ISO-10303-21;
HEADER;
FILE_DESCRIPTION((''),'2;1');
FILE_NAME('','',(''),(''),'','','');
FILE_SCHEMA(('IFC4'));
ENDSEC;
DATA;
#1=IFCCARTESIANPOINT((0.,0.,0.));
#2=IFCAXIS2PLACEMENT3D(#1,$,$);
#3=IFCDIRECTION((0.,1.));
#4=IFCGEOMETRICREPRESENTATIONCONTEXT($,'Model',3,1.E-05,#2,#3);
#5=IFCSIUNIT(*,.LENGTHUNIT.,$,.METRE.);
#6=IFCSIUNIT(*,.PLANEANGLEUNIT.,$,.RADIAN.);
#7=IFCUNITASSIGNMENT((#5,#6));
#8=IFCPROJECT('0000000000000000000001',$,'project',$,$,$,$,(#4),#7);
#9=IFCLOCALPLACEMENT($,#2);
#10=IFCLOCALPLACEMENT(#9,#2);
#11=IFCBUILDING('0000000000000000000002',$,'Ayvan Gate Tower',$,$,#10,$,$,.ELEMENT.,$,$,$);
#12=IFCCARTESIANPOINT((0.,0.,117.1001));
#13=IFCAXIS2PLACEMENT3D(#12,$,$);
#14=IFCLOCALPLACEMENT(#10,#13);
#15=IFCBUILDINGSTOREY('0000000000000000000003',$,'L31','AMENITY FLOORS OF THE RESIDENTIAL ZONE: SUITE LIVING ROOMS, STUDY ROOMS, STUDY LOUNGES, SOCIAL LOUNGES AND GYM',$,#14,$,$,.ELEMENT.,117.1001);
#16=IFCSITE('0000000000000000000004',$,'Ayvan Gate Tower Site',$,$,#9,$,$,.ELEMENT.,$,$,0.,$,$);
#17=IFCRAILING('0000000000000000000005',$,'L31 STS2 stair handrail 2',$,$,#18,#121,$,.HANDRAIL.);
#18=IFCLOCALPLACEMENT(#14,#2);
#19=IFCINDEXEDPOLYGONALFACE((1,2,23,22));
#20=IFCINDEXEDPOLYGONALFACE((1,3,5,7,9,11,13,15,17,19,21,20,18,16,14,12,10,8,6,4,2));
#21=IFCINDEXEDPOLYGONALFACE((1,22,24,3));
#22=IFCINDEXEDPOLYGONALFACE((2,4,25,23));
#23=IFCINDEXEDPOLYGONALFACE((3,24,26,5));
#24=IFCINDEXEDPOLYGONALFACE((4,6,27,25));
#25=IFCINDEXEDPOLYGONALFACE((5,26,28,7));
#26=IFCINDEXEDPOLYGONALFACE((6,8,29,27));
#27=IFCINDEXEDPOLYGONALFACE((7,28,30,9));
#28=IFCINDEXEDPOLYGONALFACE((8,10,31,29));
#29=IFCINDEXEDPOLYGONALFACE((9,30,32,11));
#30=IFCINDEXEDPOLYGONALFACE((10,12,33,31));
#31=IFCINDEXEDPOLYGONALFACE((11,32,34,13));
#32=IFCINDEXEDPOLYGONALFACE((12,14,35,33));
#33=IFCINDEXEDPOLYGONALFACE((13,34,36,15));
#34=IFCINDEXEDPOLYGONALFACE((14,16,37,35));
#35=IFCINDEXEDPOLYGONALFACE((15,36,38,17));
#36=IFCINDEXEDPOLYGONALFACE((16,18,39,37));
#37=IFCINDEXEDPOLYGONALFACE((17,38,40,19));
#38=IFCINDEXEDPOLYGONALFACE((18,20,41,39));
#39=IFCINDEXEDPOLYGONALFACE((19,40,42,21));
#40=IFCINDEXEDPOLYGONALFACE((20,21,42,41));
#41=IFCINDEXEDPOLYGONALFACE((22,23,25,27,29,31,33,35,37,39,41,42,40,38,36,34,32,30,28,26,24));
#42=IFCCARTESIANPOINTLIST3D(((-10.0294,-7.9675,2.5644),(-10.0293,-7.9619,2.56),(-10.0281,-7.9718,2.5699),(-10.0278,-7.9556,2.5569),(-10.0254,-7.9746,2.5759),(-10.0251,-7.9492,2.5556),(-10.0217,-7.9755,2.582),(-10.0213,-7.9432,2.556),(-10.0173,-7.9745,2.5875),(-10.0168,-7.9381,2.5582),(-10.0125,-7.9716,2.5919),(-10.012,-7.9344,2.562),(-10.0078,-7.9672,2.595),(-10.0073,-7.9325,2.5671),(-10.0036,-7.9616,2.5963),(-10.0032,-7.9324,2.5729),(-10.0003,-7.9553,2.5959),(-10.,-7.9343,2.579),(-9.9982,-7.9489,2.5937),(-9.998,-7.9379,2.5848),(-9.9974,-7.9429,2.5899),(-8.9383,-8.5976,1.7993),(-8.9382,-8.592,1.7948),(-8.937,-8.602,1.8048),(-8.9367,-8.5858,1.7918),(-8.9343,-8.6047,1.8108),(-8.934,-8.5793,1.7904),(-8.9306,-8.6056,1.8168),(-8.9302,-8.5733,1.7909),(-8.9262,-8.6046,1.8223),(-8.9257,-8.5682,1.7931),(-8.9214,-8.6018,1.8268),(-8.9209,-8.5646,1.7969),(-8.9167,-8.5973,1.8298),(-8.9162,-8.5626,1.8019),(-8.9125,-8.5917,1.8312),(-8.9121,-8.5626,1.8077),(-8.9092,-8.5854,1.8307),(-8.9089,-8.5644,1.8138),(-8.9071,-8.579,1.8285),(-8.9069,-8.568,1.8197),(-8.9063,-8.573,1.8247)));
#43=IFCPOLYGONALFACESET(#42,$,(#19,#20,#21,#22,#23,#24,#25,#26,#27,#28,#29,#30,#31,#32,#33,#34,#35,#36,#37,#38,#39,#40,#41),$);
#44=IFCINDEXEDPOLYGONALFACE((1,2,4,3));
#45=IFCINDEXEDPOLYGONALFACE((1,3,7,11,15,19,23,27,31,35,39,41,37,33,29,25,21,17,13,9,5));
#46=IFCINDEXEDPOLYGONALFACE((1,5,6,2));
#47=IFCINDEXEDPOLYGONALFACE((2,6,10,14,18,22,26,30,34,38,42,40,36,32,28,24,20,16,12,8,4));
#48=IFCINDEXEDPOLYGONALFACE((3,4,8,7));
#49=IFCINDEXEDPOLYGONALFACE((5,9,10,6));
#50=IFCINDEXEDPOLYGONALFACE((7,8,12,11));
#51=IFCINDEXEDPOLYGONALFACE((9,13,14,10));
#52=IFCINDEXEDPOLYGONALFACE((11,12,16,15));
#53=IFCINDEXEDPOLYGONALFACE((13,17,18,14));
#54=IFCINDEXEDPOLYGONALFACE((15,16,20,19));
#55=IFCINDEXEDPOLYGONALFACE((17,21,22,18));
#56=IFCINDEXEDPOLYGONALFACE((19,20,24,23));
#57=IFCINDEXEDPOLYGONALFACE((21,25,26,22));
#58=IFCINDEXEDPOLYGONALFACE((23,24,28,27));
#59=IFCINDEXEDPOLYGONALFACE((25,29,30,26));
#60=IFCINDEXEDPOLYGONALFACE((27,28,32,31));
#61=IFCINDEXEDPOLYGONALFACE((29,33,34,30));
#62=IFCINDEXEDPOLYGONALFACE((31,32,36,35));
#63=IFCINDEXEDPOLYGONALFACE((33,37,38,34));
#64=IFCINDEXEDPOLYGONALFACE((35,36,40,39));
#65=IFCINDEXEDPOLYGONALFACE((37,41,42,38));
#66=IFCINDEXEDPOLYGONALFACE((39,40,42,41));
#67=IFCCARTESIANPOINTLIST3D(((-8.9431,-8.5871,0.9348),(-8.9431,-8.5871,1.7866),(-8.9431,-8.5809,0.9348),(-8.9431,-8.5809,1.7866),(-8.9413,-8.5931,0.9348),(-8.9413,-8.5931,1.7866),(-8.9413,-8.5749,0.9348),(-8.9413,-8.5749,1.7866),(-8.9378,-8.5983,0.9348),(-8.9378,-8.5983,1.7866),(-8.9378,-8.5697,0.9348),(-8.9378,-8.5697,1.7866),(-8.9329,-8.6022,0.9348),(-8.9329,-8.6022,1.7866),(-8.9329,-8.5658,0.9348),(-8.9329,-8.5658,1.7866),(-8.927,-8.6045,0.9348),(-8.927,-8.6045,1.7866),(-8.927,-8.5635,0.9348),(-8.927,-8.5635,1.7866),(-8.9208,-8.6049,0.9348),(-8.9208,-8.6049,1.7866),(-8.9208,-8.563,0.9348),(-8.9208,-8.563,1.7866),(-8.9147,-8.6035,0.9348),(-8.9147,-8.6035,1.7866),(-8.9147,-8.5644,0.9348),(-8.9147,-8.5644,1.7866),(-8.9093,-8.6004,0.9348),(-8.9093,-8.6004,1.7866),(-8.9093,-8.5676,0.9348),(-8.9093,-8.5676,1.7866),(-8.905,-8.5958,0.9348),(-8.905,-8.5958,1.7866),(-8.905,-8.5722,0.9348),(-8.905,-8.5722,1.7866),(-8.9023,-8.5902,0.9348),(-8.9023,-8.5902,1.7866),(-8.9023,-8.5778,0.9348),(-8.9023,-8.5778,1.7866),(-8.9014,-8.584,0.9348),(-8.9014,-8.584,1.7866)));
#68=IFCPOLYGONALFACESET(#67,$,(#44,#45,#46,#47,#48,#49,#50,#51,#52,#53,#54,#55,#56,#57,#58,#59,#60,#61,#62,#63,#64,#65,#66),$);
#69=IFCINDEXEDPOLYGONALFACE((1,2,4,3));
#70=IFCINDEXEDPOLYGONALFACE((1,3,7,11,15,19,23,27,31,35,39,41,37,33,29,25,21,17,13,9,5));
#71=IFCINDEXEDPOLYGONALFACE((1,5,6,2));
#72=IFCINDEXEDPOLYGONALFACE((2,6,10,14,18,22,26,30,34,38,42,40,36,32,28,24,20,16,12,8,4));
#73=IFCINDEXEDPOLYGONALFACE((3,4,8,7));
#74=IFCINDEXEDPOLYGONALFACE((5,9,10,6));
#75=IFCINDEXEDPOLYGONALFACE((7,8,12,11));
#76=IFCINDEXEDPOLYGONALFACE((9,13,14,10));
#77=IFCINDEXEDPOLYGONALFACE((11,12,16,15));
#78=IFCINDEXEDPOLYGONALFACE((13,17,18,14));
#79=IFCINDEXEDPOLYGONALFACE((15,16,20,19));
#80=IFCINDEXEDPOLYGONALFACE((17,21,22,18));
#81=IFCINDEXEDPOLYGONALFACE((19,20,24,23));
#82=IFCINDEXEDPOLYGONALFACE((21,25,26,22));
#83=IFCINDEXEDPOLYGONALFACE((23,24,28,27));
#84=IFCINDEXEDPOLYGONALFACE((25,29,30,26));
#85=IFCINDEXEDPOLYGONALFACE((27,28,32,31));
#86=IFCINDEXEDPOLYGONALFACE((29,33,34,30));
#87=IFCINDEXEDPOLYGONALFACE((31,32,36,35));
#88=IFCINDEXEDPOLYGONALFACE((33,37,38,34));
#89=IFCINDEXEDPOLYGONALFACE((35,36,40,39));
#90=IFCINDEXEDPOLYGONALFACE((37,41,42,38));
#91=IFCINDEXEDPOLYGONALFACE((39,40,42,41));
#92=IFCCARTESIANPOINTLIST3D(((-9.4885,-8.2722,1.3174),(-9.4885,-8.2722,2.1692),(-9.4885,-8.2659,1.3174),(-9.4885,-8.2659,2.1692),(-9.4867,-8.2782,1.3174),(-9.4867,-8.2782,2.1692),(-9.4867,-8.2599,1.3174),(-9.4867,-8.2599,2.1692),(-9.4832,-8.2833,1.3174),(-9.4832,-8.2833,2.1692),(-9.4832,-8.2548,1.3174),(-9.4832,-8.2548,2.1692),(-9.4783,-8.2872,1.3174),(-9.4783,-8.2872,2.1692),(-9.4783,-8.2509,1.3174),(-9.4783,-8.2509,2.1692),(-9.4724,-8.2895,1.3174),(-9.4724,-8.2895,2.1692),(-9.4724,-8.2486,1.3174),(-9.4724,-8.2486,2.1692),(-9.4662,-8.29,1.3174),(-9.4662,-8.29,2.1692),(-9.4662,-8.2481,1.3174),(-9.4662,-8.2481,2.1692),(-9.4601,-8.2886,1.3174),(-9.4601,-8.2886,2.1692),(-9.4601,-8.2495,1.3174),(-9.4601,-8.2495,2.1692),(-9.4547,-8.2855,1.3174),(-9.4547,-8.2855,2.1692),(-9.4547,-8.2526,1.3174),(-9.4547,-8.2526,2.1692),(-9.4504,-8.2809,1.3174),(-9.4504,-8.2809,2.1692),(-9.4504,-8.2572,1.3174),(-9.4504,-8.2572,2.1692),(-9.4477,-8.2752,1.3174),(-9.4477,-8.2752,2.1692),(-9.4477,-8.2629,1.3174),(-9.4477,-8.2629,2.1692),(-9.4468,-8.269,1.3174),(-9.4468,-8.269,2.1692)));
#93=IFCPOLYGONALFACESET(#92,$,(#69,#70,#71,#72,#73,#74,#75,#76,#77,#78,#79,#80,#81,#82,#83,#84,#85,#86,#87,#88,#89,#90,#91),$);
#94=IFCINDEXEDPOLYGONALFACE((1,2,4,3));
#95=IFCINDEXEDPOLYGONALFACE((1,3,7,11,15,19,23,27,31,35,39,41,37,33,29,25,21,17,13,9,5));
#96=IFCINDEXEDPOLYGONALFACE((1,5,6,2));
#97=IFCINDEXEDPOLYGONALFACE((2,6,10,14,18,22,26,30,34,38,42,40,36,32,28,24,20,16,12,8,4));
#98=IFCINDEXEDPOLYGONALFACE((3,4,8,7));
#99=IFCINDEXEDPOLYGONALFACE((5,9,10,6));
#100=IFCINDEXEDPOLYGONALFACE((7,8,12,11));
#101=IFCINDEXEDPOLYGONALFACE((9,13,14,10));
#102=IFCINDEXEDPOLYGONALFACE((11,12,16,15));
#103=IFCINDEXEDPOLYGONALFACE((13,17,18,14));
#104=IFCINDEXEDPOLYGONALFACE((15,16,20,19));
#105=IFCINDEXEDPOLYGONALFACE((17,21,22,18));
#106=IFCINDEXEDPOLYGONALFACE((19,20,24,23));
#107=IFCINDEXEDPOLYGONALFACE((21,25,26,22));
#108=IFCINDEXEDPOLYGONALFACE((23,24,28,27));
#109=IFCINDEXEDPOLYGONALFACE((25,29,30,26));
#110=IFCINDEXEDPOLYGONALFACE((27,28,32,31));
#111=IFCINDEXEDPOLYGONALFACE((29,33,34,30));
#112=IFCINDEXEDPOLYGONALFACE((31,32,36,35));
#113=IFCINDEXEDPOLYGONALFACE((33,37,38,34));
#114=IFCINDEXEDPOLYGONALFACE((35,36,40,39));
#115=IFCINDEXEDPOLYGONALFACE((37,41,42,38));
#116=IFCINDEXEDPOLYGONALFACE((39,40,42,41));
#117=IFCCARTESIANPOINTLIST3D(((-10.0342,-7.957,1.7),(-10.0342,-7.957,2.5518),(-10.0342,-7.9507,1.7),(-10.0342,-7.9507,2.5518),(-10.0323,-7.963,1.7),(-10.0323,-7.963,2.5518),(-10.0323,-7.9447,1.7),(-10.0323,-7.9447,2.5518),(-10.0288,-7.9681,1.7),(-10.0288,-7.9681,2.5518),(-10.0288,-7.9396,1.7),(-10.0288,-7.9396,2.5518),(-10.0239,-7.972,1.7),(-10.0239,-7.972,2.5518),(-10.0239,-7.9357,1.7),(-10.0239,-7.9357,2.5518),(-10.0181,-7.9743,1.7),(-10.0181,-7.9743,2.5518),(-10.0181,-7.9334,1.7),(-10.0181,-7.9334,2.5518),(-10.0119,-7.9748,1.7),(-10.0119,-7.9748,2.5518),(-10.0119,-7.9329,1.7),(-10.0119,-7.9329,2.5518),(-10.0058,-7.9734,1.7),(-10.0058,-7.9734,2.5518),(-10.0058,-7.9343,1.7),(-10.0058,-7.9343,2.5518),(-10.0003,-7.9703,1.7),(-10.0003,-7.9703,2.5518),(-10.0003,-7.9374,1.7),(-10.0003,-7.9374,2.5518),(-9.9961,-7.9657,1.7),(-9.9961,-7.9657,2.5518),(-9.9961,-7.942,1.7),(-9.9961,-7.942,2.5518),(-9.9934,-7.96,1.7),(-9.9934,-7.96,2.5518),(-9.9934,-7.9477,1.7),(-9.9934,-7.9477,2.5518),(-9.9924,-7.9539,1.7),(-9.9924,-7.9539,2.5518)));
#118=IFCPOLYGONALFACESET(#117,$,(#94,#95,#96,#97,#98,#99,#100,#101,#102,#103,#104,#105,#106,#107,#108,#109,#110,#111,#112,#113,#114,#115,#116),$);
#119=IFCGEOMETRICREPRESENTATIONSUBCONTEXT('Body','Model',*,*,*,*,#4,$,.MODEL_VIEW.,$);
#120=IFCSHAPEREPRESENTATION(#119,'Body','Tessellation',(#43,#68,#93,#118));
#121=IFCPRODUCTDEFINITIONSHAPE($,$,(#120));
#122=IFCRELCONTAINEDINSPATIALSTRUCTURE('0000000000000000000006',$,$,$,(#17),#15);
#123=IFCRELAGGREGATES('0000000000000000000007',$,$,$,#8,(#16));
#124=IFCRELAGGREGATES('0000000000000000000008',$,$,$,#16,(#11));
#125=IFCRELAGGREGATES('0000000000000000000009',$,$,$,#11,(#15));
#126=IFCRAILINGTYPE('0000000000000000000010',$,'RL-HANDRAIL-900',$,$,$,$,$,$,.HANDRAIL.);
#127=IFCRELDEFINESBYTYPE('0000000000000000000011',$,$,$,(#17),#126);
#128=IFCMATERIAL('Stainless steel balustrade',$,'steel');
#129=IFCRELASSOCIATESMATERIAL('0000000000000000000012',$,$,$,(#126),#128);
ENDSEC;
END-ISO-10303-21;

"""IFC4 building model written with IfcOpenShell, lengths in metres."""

from ifc_helpers import new_model, si_unit, direction, frame, origin, origin_2d, place, context, subcontext, project, spatial, circle, extrude, material, type_object, element, save


model = new_model("IFC4")

# Units and contexts
model_context = context("Model", 3, precision=1e-05, world=origin(), true_north=direction((0.0, 1.0)))
body_context = subcontext(model_context, "Body", "Model", "MODEL_VIEW")
ifc_project = project(units=[si_unit("LENGTHUNIT", "METRE"), si_unit("PLANEANGLEUNIT", "RADIAN")], contexts=[model_context])

# Site, building, storey
site_placement = place(None, origin())
site = spatial("IfcSite", under=ifc_project, at=site_placement, Name="Ayvan Gate Tower Site", CompositionType="ELEMENT", RefElevation=0.0)
building_placement = place(site_placement, origin())
building = spatial("IfcBuilding", under=site, at=building_placement, Name="Ayvan Gate Tower", CompositionType="ELEMENT")
storey_placement = place(building_placement, frame((0.0, 0.0, 117.1001)))
storey = spatial("IfcBuildingStorey", under=building, at=storey_placement, Name="L31", Description="AMENITY FLOORS OF THE RESIDENTIAL ZONE: SUITE LIVING ROOMS, STUDY ROOMS, STUDY LOUNGES, SOCIAL LOUNGES AND GYM", CompositionType="ELEMENT", Elevation=117.1001)

# Railing
ifc_material_1 = material(Name="Stainless steel balustrade", Category="steel")
railing_type_1 = type_object("IfcRailingType", Name="RL-HANDRAIL-900", PredefinedType="HANDRAIL", material=ifc_material_1)
railing_1_placement = place(storey_placement, frame((-8.9224, -8.584, 0.9348)))
element("IfcRailing", 1, at=railing_1_placement, inside=storey, type_object=railing_type_1, Name="L31 STS2 stair handrail 2", PredefinedType="HANDRAIL", context=body_context, shape_type="SweptSolid", body=[
    extrude(circle(Radius=0.0239, at=origin_2d()), frame((0.0, 0.0, 0.876), z_axis=(-0.740166, 0.427471, 0.51906), x_axis=(-0.500119, -0.865956, 0.0)), (0.0, 0.0, 1.0), 1.4741),
    extrude(circle(Radius=0.021, at=origin_2d()), origin(), (0.0, 0.0, 1.0), 0.8518),
    extrude(circle(Radius=0.021, at=origin_2d()), frame((-0.5454, 0.3149, 0.3826)), (0.0, 0.0, 1.0), 0.8518),
    extrude(circle(Radius=0.021, at=origin_2d()), frame((-1.0911, 0.6301, 0.7651)), (0.0, 0.0, 1.0), 0.8518),
])

save(model, "model.ifc")
